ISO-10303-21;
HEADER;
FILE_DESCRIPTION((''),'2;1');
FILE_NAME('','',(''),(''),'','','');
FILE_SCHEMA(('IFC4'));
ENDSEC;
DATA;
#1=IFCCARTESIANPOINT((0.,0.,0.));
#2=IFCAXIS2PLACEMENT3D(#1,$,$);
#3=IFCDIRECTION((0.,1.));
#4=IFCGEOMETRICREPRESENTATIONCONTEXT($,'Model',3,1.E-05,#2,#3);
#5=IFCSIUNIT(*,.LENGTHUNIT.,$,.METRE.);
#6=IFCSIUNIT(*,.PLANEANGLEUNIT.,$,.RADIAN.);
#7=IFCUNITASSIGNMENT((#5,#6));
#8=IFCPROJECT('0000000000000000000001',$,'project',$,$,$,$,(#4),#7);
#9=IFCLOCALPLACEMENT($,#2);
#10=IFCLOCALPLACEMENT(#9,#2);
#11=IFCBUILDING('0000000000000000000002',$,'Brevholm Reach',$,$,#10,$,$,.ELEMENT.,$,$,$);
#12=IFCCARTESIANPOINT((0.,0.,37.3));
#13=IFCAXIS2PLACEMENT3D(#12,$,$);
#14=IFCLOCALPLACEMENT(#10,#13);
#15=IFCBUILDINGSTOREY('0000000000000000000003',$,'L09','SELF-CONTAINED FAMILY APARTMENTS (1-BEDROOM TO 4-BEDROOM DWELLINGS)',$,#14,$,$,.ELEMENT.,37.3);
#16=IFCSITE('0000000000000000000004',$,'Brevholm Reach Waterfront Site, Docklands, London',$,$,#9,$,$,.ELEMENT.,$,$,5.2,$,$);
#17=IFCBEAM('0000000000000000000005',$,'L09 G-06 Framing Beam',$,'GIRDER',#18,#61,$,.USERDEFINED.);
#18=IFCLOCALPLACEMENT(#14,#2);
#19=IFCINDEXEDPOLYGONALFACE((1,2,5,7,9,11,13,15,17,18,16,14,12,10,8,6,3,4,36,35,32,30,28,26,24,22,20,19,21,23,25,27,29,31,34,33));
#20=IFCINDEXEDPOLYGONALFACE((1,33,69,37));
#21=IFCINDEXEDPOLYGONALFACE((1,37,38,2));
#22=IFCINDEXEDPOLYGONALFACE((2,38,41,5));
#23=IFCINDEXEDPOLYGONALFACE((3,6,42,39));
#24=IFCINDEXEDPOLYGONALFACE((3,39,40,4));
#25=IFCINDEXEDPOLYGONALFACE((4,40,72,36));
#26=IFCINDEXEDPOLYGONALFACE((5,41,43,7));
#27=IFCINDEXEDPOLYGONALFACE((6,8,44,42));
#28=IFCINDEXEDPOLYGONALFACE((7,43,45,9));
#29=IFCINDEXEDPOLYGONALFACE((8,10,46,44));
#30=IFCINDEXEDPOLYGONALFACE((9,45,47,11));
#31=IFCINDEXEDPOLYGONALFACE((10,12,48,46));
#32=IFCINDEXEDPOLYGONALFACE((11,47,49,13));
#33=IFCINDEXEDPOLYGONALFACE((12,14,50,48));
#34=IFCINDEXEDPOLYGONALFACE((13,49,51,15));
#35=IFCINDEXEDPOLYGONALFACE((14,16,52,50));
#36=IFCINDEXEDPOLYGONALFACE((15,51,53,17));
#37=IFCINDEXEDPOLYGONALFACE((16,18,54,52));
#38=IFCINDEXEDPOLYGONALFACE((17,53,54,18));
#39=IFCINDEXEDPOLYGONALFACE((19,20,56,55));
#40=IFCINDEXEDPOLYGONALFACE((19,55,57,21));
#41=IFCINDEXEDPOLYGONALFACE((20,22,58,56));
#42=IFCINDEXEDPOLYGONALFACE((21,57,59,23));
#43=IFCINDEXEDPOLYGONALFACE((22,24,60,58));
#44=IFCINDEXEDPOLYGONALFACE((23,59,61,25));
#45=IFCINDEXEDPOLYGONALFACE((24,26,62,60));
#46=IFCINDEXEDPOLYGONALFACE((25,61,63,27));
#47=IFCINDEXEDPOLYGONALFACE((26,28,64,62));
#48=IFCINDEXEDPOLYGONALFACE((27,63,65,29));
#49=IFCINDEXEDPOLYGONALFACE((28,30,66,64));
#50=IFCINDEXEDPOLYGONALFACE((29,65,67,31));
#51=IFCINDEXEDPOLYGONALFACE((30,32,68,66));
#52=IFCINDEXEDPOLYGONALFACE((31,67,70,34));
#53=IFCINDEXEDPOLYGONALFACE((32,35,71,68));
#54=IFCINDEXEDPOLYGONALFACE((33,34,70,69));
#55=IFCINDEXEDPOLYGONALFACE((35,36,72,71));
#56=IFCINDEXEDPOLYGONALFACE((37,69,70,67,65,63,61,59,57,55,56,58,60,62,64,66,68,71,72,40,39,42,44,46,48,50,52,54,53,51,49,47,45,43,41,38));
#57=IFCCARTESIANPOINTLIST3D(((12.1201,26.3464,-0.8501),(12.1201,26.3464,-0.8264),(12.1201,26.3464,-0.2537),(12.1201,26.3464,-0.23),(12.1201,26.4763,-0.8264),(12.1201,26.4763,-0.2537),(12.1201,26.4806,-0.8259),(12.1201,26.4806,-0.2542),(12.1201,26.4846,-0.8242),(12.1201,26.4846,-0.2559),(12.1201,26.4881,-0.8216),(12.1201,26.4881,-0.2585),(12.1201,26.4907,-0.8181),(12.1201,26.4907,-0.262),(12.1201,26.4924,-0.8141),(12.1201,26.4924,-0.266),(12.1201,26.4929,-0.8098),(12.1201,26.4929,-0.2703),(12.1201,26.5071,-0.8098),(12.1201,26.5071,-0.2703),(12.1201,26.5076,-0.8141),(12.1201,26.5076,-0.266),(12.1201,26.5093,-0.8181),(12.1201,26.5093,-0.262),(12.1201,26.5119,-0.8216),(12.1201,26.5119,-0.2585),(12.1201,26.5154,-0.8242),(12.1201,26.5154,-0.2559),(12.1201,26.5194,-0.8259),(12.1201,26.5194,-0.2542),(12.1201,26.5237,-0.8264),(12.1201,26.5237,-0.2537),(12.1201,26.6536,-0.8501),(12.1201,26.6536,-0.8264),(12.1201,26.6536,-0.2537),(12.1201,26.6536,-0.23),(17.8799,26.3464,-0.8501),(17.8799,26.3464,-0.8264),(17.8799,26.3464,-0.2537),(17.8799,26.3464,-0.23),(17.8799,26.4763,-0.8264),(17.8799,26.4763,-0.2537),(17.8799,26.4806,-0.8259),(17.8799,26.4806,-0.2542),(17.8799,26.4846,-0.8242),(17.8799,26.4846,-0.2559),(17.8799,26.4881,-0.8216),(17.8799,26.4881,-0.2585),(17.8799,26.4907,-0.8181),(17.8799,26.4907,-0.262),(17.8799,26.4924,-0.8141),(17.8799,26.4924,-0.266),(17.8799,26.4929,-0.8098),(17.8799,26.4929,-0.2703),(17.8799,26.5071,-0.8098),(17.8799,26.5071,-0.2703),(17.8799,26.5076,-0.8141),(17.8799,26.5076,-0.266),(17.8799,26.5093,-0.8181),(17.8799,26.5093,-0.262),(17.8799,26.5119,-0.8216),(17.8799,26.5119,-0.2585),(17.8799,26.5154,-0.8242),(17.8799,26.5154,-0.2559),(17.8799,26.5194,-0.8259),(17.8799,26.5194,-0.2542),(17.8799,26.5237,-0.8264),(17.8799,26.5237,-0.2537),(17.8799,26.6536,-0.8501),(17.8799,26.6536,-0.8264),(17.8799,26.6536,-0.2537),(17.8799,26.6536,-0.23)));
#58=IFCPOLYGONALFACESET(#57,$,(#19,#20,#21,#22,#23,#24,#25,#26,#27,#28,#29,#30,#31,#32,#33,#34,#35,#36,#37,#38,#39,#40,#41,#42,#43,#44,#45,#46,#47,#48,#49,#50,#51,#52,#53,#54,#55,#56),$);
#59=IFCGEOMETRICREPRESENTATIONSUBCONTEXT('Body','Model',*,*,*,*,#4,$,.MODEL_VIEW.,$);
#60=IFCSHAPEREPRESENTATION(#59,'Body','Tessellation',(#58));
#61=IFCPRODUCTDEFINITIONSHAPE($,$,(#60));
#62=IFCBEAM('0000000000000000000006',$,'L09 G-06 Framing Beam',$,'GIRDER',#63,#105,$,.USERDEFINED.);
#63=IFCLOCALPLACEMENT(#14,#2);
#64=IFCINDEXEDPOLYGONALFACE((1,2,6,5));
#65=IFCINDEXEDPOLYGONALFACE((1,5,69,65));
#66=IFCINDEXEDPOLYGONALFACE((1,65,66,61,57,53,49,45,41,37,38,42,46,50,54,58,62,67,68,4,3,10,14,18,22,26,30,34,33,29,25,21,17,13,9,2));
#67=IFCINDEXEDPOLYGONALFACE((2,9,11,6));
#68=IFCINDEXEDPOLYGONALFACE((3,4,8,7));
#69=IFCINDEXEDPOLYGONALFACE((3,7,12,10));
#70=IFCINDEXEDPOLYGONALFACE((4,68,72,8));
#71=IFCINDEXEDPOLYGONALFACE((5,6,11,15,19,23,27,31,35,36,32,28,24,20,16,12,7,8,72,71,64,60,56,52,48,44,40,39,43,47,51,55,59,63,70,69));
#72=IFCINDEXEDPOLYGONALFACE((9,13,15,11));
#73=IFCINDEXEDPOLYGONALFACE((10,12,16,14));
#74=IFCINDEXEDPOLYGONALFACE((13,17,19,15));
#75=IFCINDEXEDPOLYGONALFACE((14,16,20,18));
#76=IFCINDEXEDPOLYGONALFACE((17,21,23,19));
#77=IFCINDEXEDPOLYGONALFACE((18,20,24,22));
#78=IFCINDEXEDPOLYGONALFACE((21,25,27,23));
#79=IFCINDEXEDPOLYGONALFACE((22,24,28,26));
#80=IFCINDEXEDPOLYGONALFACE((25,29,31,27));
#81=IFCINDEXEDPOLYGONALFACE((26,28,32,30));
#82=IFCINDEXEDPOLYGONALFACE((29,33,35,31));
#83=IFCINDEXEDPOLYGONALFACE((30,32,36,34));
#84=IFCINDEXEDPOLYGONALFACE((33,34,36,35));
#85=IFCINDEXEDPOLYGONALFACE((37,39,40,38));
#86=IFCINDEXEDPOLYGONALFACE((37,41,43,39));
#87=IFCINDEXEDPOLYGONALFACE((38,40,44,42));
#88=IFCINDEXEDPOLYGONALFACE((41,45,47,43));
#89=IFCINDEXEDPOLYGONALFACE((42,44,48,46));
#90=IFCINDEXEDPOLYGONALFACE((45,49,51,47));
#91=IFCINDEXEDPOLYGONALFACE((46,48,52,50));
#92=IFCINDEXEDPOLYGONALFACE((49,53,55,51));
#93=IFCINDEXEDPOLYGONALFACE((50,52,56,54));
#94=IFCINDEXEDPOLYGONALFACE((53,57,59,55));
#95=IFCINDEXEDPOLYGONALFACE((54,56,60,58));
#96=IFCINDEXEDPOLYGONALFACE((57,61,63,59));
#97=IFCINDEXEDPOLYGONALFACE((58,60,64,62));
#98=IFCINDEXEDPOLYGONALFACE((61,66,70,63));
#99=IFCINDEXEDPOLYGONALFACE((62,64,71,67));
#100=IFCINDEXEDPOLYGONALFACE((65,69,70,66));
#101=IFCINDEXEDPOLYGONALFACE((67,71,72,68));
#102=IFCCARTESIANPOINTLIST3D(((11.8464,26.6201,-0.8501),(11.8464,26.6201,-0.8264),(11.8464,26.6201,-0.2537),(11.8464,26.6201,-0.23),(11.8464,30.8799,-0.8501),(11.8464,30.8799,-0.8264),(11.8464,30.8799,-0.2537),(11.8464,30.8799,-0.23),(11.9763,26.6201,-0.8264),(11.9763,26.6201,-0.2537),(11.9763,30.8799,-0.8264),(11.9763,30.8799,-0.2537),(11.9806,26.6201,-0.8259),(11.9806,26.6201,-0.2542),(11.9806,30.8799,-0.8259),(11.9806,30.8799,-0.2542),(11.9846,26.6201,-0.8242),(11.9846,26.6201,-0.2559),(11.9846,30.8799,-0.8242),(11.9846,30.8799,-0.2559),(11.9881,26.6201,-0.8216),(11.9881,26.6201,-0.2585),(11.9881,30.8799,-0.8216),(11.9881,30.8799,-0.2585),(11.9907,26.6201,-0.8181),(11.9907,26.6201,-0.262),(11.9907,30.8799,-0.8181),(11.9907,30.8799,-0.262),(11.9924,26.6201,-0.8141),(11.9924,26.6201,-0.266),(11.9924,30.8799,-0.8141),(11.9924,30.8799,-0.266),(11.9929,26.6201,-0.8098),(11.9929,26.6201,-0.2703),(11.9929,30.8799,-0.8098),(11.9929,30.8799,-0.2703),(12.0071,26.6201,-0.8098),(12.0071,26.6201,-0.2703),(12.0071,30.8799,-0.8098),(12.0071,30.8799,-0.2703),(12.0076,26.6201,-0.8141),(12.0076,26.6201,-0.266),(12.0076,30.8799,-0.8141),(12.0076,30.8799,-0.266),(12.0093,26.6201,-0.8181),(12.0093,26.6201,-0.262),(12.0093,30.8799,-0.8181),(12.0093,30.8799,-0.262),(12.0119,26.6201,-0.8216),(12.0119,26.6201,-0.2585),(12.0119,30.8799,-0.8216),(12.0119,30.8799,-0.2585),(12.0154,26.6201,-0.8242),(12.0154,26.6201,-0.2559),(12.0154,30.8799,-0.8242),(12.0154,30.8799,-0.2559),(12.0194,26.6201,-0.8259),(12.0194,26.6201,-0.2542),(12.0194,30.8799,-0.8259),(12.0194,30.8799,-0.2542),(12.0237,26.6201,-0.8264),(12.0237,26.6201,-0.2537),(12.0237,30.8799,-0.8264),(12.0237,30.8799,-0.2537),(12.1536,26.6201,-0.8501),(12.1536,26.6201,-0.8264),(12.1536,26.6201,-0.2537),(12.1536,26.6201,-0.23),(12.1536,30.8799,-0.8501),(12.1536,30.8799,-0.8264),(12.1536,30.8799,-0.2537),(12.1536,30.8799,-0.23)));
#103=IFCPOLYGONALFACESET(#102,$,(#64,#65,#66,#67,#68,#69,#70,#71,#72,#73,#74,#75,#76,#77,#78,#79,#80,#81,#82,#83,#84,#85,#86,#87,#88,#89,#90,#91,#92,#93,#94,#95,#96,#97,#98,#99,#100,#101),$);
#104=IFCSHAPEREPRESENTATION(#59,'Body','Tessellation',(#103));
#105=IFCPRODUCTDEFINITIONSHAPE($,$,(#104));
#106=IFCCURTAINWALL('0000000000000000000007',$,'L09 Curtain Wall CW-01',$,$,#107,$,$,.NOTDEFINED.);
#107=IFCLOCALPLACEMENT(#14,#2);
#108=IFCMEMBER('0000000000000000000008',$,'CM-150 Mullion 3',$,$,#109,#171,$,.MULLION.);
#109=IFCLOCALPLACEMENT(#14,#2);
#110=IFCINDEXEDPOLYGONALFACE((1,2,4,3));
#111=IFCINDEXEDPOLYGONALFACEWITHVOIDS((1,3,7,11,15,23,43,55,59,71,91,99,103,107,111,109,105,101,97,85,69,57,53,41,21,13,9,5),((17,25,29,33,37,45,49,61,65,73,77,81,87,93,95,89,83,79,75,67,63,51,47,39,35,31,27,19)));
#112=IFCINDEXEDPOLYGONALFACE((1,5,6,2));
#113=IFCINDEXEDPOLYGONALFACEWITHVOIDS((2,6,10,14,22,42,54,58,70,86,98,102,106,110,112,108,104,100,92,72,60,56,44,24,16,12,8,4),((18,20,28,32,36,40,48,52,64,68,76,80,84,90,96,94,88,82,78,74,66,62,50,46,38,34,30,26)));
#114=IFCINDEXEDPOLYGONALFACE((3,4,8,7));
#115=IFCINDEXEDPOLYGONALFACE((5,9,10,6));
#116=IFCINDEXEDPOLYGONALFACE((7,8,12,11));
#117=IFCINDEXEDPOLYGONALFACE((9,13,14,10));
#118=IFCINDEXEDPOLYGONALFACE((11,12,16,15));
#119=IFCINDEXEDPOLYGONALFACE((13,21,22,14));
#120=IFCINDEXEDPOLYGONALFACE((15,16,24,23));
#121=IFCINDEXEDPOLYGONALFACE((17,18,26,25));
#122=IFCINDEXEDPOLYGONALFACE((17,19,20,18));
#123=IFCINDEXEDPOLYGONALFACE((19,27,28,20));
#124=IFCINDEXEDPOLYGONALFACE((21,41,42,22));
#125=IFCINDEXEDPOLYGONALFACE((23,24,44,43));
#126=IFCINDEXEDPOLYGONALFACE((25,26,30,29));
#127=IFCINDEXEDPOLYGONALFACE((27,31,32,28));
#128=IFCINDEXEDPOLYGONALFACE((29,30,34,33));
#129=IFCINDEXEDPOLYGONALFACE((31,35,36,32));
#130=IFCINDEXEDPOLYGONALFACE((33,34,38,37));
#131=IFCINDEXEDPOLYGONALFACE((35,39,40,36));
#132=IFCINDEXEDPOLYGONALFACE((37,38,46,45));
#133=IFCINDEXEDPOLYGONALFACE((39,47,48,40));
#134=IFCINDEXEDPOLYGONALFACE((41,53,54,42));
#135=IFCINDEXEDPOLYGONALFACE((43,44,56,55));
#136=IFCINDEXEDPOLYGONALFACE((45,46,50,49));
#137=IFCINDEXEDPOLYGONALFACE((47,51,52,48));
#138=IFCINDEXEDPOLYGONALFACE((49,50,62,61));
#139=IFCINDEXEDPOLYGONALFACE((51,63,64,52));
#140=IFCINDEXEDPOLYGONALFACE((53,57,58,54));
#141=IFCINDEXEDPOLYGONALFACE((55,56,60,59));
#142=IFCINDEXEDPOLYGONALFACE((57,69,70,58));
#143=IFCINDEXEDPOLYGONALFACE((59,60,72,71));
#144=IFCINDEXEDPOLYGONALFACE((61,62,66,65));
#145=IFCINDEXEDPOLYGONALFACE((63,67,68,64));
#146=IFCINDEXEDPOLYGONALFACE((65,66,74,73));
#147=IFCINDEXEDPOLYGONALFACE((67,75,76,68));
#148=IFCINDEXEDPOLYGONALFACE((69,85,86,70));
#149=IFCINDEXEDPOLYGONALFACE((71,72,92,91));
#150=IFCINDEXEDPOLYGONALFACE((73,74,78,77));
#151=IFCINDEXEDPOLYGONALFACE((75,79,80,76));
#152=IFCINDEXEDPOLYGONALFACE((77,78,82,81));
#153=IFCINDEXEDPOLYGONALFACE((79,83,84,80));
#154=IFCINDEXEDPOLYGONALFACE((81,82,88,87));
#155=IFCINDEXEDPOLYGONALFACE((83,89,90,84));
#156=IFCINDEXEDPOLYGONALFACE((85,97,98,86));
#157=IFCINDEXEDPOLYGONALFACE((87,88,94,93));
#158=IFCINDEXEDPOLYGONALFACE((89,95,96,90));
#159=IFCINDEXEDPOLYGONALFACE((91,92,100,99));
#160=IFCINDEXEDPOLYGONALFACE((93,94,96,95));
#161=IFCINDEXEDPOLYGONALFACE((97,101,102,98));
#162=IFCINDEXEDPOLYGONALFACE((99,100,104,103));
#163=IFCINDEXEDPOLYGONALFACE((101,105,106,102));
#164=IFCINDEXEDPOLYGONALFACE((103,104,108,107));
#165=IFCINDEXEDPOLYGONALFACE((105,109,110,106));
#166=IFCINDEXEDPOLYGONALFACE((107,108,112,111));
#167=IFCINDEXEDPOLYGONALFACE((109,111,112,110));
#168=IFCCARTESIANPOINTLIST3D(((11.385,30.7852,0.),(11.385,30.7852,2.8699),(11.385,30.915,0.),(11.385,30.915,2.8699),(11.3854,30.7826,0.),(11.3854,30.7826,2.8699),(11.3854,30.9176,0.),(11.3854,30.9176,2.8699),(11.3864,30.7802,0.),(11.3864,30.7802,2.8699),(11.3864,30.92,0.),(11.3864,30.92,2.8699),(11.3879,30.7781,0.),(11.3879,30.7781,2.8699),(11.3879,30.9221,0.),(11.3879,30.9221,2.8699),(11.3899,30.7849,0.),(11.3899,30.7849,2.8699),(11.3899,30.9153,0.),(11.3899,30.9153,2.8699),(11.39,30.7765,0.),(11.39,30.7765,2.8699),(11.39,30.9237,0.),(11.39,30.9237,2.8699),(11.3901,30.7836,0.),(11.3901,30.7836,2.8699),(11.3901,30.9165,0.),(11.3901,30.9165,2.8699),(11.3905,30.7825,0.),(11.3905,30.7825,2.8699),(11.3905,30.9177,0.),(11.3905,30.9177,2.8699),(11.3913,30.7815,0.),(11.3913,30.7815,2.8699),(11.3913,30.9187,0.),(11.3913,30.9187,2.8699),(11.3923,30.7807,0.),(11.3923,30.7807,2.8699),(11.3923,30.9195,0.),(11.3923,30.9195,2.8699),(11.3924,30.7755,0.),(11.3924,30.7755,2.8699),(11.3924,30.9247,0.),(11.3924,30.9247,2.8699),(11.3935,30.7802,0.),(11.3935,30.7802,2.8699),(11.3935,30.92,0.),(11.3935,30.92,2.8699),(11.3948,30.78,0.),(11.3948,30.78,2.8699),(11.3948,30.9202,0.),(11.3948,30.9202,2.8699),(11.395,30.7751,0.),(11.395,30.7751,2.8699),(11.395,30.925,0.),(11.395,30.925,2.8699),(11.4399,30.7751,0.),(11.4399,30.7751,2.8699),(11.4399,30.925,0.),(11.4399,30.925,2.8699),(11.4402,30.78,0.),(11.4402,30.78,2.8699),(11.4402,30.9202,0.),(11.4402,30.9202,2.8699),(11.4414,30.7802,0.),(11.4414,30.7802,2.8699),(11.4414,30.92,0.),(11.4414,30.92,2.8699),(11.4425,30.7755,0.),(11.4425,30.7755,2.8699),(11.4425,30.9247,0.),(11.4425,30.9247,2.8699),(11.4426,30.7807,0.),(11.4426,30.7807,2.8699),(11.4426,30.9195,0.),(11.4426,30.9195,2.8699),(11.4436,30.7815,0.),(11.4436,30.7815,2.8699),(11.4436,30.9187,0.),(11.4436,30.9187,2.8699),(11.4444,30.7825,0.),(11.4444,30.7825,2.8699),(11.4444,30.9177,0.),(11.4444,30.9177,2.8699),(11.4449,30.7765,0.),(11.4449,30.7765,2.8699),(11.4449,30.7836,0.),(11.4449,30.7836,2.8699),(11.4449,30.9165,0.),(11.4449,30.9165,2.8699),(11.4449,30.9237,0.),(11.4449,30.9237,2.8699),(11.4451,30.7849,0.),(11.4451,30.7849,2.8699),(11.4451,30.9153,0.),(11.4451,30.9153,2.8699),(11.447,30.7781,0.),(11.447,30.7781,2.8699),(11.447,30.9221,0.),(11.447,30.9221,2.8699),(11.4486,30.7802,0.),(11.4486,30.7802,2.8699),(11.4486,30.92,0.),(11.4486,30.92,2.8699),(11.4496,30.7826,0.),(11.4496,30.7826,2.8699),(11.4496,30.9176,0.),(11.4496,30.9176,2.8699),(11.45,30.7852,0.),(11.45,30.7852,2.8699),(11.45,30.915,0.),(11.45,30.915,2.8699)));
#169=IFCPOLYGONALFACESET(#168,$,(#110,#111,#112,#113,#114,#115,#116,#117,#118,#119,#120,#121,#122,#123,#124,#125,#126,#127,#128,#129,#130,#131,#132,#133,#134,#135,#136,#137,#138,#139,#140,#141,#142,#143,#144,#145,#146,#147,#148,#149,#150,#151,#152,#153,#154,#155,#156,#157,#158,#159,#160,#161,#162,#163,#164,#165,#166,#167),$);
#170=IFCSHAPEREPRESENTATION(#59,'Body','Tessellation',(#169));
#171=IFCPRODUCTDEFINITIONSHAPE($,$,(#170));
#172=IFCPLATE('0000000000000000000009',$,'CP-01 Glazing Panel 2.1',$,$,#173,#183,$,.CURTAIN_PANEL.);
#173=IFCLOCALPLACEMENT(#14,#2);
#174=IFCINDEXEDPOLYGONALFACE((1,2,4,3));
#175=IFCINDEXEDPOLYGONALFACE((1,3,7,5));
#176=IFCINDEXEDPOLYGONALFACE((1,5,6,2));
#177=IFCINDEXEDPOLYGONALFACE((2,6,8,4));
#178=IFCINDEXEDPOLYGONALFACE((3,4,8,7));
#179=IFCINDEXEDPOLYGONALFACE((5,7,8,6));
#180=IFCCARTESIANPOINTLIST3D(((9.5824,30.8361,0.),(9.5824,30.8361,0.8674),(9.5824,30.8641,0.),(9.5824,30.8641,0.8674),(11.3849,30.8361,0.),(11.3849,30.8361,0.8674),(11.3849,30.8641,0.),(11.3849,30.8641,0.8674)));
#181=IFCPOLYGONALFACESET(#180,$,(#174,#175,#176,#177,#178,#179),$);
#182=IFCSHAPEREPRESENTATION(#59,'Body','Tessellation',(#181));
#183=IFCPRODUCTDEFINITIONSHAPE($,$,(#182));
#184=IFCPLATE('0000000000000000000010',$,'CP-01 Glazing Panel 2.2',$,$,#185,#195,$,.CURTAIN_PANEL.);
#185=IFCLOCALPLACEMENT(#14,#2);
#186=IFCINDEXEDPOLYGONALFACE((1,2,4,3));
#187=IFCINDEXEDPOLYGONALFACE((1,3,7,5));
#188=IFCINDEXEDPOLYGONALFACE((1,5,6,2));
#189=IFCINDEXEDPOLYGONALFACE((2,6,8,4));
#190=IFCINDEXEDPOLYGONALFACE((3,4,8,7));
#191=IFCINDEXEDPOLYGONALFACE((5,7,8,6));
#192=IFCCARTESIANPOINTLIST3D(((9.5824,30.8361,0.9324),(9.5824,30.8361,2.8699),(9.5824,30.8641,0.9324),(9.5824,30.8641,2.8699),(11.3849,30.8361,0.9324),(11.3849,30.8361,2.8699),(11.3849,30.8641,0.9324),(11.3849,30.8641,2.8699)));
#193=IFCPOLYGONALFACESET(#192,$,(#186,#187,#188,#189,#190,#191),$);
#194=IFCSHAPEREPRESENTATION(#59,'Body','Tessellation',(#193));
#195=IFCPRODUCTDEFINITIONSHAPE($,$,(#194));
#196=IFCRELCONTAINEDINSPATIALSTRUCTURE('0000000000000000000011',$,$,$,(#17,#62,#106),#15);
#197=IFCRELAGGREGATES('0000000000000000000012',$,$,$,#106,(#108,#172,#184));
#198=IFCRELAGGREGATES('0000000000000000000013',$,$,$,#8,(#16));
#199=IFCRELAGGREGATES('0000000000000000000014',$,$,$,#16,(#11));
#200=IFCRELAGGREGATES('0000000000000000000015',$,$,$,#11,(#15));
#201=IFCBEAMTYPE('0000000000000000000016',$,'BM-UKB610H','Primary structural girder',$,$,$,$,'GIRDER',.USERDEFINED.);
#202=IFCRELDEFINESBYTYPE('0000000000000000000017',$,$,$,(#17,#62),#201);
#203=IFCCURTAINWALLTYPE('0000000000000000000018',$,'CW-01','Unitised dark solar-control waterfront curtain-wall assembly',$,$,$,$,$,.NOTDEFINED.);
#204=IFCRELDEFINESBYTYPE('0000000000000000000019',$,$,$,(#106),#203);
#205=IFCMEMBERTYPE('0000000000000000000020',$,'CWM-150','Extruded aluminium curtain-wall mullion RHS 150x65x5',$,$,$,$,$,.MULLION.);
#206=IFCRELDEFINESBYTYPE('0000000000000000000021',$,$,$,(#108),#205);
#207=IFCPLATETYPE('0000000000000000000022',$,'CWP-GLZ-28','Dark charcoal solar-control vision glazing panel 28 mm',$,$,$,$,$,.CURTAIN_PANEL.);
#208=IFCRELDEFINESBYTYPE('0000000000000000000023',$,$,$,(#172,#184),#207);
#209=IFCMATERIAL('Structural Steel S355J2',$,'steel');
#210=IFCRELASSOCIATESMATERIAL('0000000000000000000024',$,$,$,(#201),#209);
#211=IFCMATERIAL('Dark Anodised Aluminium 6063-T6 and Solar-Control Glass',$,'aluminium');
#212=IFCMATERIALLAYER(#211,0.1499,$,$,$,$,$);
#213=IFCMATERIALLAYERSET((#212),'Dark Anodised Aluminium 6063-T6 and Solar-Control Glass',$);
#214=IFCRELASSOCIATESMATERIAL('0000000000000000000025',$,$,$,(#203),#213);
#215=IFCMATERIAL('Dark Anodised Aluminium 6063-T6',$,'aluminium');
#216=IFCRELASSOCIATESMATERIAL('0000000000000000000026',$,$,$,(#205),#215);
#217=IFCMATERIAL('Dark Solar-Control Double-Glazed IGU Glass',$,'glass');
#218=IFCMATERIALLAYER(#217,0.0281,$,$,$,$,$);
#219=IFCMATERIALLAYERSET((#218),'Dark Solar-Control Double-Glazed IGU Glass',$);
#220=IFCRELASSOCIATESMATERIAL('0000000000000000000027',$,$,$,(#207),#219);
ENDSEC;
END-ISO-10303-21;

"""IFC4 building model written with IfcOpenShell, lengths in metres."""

from ifc_helpers import new_model, si_unit, direction, frame, origin, origin_2d, place, context, subcontext, project, spatial, rectangle, hollow_rectangle, i_section, extrude, material, layer, layer_set, material_profile, profile_set, type_object, element, aggregate, save


model = new_model("IFC4")

# Units and contexts
model_context = context("Model", 3, precision=1e-05, world=origin(), true_north=direction((0.0, 1.0)))
body_context = subcontext(model_context, "Body", "Model", "MODEL_VIEW")
ifc_project = project(units=[si_unit("LENGTHUNIT", "METRE"), si_unit("PLANEANGLEUNIT", "RADIAN")], contexts=[model_context])

# Site, building, storey
site_placement = place(None, origin())
site = spatial("IfcSite", under=ifc_project, at=site_placement, Name="Brevholm Reach Waterfront Site, Docklands, London", CompositionType="ELEMENT", RefElevation=5.2)
building_placement = place(site_placement, origin())
building = spatial("IfcBuilding", under=site, at=building_placement, Name="Brevholm Reach", CompositionType="ELEMENT")
storey_placement = place(building_placement, frame((0.0, 0.0, 37.3)))
storey = spatial("IfcBuildingStorey", under=building, at=storey_placement, Name="L09", Description="SELF-CONTAINED FAMILY APARTMENTS (1-BEDROOM TO 4-BEDROOM DWELLINGS)", CompositionType="ELEMENT", Elevation=37.3)

# Beams
ifc_material_1 = material(Name="Structural Steel S355J2", Category="steel")
ifc_material_profile_1 = material_profile(ifc_material_1, i_section(OverallWidth=0.3071, OverallDepth=0.6201, WebThickness=0.0142, FlangeThickness=0.0237, FilletRadius=0.0166, at=origin_2d()), Name="UKB 610x305x179")
ifc_profile_set_1 = profile_set([ifc_material_profile_1], Name="Structural Steel S355J2")
beam_type_1 = type_object("IfcBeamType", Name="BM-UKB610H", Description="Primary structural girder", ElementType="GIRDER", PredefinedType="USERDEFINED", material=ifc_profile_set_1)
beam_1_placement = place(storey_placement, frame((12.1201, 26.5, -0.54), z_axis=(1.0, 0.0, 0.0), x_axis=(0.0, 1.0, 0.0)))
element("IfcBeam", 1, at=beam_1_placement, inside=storey, type_object=beam_type_1, Name="L09 G-06 Framing Beam", ObjectType="GIRDER", PredefinedType="USERDEFINED", context=body_context, shape_type="SweptSolid", body=[
    extrude(i_section(OverallWidth=0.3071, OverallDepth=0.6201, WebThickness=0.0142, FlangeThickness=0.0237, FilletRadius=0.0166, at=origin_2d()), origin(), (0.0, 0.0, 1.0), 5.7598),
])
beam_2_placement = place(storey_placement, frame((12.0, 26.6201, -0.54), z_axis=(0.0, 1.0, 0.0), x_axis=(-1.0, 0.0, 0.0)))
element("IfcBeam", 2, at=beam_2_placement, inside=storey, type_object=beam_type_1, Name="L09 G-06 Framing Beam", ObjectType="GIRDER", PredefinedType="USERDEFINED", context=body_context, shape_type="SweptSolid", body=[
    extrude(i_section(OverallWidth=0.3071, OverallDepth=0.6201, WebThickness=0.0142, FlangeThickness=0.0237, FilletRadius=0.0166, at=origin_2d()), origin(), (0.0, 0.0, 1.0), 4.2598),
])

# Curtain wall, member, plates
ifc_material_2 = material(Name="Dark Anodised Aluminium 6063-T6 and Solar-Control Glass", Category="aluminium")
ifc_layer_1 = layer(ifc_material_2, 0.1499)
ifc_layer_set_1 = layer_set([ifc_layer_1], Name="Dark Anodised Aluminium 6063-T6 and Solar-Control Glass")
curtain_wall_type = type_object("IfcCurtainWallType", Name="CW-01", Description="Unitised dark solar-control waterfront curtain-wall assembly", PredefinedType="NOTDEFINED", material=ifc_layer_set_1)
curtain_wall_placement = place(storey_placement, origin())
curtain_wall = element("IfcCurtainWall", 3, at=curtain_wall_placement, inside=storey, type_object=curtain_wall_type, Name="L09 Curtain Wall CW-01", PredefinedType="NOTDEFINED")
ifc_material_3 = material(Name="Dark Anodised Aluminium 6063-T6", Category="aluminium")
ifc_material_profile_2 = material_profile(ifc_material_3, hollow_rectangle(XDim=0.0649, YDim=0.1499, WallThickness=0.0049, InnerFilletRadius=0.0049, OuterFilletRadius=0.01, at=origin_2d()), Name="RHS 150x65x5")
ifc_profile_set_2 = profile_set([ifc_material_profile_2], Name="Dark Anodised Aluminium 6063-T6")
member_type = type_object("IfcMemberType", Name="CWM-150", Description="Extruded aluminium curtain-wall mullion RHS 150x65x5", PredefinedType="MULLION", material=ifc_profile_set_2)
member_placement = place(storey_placement, frame((11.4175, 30.8501, 0.0), z_axis=(0.0, 0.0, 1.0), x_axis=(1.0, 0.0, 0.0)))
member = element("IfcMember", 4, at=member_placement, type_object=member_type, Name="CM-150 Mullion 3", PredefinedType="MULLION", context=body_context, shape_type="SweptSolid", body=[
    extrude(hollow_rectangle(XDim=0.0649, YDim=0.1499, WallThickness=0.0049, InnerFilletRadius=0.0049, OuterFilletRadius=0.01, at=origin_2d()), origin(), (0.0, 0.0, 1.0), 2.8699),
])
ifc_material_4 = material(Name="Dark Solar-Control Double-Glazed IGU Glass", Category="glass")
ifc_layer_2 = layer(ifc_material_4, 0.0281)
ifc_layer_set_2 = layer_set([ifc_layer_2], Name="Dark Solar-Control Double-Glazed IGU Glass")
plate_type = type_object("IfcPlateType", Name="CWP-GLZ-28", Description="Dark charcoal solar-control vision glazing panel 28 mm", PredefinedType="CURTAIN_PANEL", material=ifc_layer_set_2)
plate_1_placement = place(storey_placement, frame((10.4836, 30.8501, 0.0), z_axis=(0.0, 0.0, 1.0), x_axis=(1.0, 0.0, 0.0)))
plate_1 = element("IfcPlate", 5, at=plate_1_placement, type_object=plate_type, Name="CP-01 Glazing Panel 2.1", PredefinedType="CURTAIN_PANEL", context=body_context, shape_type="SweptSolid", body=[
    extrude(rectangle(XDim=1.8025, YDim=0.0281, at=origin_2d()), origin(), (0.0, 0.0, 1.0), 0.8674),
])
plate_2_placement = place(storey_placement, frame((10.4836, 30.8501, 0.9324), z_axis=(0.0, 0.0, 1.0), x_axis=(1.0, 0.0, 0.0)))
plate_2 = element("IfcPlate", 6, at=plate_2_placement, type_object=plate_type, Name="CP-01 Glazing Panel 2.2", PredefinedType="CURTAIN_PANEL", context=body_context, shape_type="SweptSolid", body=[
    extrude(rectangle(XDim=1.8025, YDim=0.0281, at=origin_2d()), origin(), (0.0, 0.0, 1.0), 1.9375),
])
aggregate(curtain_wall, [member, plate_1, plate_2])

save(model, "model.ifc")
